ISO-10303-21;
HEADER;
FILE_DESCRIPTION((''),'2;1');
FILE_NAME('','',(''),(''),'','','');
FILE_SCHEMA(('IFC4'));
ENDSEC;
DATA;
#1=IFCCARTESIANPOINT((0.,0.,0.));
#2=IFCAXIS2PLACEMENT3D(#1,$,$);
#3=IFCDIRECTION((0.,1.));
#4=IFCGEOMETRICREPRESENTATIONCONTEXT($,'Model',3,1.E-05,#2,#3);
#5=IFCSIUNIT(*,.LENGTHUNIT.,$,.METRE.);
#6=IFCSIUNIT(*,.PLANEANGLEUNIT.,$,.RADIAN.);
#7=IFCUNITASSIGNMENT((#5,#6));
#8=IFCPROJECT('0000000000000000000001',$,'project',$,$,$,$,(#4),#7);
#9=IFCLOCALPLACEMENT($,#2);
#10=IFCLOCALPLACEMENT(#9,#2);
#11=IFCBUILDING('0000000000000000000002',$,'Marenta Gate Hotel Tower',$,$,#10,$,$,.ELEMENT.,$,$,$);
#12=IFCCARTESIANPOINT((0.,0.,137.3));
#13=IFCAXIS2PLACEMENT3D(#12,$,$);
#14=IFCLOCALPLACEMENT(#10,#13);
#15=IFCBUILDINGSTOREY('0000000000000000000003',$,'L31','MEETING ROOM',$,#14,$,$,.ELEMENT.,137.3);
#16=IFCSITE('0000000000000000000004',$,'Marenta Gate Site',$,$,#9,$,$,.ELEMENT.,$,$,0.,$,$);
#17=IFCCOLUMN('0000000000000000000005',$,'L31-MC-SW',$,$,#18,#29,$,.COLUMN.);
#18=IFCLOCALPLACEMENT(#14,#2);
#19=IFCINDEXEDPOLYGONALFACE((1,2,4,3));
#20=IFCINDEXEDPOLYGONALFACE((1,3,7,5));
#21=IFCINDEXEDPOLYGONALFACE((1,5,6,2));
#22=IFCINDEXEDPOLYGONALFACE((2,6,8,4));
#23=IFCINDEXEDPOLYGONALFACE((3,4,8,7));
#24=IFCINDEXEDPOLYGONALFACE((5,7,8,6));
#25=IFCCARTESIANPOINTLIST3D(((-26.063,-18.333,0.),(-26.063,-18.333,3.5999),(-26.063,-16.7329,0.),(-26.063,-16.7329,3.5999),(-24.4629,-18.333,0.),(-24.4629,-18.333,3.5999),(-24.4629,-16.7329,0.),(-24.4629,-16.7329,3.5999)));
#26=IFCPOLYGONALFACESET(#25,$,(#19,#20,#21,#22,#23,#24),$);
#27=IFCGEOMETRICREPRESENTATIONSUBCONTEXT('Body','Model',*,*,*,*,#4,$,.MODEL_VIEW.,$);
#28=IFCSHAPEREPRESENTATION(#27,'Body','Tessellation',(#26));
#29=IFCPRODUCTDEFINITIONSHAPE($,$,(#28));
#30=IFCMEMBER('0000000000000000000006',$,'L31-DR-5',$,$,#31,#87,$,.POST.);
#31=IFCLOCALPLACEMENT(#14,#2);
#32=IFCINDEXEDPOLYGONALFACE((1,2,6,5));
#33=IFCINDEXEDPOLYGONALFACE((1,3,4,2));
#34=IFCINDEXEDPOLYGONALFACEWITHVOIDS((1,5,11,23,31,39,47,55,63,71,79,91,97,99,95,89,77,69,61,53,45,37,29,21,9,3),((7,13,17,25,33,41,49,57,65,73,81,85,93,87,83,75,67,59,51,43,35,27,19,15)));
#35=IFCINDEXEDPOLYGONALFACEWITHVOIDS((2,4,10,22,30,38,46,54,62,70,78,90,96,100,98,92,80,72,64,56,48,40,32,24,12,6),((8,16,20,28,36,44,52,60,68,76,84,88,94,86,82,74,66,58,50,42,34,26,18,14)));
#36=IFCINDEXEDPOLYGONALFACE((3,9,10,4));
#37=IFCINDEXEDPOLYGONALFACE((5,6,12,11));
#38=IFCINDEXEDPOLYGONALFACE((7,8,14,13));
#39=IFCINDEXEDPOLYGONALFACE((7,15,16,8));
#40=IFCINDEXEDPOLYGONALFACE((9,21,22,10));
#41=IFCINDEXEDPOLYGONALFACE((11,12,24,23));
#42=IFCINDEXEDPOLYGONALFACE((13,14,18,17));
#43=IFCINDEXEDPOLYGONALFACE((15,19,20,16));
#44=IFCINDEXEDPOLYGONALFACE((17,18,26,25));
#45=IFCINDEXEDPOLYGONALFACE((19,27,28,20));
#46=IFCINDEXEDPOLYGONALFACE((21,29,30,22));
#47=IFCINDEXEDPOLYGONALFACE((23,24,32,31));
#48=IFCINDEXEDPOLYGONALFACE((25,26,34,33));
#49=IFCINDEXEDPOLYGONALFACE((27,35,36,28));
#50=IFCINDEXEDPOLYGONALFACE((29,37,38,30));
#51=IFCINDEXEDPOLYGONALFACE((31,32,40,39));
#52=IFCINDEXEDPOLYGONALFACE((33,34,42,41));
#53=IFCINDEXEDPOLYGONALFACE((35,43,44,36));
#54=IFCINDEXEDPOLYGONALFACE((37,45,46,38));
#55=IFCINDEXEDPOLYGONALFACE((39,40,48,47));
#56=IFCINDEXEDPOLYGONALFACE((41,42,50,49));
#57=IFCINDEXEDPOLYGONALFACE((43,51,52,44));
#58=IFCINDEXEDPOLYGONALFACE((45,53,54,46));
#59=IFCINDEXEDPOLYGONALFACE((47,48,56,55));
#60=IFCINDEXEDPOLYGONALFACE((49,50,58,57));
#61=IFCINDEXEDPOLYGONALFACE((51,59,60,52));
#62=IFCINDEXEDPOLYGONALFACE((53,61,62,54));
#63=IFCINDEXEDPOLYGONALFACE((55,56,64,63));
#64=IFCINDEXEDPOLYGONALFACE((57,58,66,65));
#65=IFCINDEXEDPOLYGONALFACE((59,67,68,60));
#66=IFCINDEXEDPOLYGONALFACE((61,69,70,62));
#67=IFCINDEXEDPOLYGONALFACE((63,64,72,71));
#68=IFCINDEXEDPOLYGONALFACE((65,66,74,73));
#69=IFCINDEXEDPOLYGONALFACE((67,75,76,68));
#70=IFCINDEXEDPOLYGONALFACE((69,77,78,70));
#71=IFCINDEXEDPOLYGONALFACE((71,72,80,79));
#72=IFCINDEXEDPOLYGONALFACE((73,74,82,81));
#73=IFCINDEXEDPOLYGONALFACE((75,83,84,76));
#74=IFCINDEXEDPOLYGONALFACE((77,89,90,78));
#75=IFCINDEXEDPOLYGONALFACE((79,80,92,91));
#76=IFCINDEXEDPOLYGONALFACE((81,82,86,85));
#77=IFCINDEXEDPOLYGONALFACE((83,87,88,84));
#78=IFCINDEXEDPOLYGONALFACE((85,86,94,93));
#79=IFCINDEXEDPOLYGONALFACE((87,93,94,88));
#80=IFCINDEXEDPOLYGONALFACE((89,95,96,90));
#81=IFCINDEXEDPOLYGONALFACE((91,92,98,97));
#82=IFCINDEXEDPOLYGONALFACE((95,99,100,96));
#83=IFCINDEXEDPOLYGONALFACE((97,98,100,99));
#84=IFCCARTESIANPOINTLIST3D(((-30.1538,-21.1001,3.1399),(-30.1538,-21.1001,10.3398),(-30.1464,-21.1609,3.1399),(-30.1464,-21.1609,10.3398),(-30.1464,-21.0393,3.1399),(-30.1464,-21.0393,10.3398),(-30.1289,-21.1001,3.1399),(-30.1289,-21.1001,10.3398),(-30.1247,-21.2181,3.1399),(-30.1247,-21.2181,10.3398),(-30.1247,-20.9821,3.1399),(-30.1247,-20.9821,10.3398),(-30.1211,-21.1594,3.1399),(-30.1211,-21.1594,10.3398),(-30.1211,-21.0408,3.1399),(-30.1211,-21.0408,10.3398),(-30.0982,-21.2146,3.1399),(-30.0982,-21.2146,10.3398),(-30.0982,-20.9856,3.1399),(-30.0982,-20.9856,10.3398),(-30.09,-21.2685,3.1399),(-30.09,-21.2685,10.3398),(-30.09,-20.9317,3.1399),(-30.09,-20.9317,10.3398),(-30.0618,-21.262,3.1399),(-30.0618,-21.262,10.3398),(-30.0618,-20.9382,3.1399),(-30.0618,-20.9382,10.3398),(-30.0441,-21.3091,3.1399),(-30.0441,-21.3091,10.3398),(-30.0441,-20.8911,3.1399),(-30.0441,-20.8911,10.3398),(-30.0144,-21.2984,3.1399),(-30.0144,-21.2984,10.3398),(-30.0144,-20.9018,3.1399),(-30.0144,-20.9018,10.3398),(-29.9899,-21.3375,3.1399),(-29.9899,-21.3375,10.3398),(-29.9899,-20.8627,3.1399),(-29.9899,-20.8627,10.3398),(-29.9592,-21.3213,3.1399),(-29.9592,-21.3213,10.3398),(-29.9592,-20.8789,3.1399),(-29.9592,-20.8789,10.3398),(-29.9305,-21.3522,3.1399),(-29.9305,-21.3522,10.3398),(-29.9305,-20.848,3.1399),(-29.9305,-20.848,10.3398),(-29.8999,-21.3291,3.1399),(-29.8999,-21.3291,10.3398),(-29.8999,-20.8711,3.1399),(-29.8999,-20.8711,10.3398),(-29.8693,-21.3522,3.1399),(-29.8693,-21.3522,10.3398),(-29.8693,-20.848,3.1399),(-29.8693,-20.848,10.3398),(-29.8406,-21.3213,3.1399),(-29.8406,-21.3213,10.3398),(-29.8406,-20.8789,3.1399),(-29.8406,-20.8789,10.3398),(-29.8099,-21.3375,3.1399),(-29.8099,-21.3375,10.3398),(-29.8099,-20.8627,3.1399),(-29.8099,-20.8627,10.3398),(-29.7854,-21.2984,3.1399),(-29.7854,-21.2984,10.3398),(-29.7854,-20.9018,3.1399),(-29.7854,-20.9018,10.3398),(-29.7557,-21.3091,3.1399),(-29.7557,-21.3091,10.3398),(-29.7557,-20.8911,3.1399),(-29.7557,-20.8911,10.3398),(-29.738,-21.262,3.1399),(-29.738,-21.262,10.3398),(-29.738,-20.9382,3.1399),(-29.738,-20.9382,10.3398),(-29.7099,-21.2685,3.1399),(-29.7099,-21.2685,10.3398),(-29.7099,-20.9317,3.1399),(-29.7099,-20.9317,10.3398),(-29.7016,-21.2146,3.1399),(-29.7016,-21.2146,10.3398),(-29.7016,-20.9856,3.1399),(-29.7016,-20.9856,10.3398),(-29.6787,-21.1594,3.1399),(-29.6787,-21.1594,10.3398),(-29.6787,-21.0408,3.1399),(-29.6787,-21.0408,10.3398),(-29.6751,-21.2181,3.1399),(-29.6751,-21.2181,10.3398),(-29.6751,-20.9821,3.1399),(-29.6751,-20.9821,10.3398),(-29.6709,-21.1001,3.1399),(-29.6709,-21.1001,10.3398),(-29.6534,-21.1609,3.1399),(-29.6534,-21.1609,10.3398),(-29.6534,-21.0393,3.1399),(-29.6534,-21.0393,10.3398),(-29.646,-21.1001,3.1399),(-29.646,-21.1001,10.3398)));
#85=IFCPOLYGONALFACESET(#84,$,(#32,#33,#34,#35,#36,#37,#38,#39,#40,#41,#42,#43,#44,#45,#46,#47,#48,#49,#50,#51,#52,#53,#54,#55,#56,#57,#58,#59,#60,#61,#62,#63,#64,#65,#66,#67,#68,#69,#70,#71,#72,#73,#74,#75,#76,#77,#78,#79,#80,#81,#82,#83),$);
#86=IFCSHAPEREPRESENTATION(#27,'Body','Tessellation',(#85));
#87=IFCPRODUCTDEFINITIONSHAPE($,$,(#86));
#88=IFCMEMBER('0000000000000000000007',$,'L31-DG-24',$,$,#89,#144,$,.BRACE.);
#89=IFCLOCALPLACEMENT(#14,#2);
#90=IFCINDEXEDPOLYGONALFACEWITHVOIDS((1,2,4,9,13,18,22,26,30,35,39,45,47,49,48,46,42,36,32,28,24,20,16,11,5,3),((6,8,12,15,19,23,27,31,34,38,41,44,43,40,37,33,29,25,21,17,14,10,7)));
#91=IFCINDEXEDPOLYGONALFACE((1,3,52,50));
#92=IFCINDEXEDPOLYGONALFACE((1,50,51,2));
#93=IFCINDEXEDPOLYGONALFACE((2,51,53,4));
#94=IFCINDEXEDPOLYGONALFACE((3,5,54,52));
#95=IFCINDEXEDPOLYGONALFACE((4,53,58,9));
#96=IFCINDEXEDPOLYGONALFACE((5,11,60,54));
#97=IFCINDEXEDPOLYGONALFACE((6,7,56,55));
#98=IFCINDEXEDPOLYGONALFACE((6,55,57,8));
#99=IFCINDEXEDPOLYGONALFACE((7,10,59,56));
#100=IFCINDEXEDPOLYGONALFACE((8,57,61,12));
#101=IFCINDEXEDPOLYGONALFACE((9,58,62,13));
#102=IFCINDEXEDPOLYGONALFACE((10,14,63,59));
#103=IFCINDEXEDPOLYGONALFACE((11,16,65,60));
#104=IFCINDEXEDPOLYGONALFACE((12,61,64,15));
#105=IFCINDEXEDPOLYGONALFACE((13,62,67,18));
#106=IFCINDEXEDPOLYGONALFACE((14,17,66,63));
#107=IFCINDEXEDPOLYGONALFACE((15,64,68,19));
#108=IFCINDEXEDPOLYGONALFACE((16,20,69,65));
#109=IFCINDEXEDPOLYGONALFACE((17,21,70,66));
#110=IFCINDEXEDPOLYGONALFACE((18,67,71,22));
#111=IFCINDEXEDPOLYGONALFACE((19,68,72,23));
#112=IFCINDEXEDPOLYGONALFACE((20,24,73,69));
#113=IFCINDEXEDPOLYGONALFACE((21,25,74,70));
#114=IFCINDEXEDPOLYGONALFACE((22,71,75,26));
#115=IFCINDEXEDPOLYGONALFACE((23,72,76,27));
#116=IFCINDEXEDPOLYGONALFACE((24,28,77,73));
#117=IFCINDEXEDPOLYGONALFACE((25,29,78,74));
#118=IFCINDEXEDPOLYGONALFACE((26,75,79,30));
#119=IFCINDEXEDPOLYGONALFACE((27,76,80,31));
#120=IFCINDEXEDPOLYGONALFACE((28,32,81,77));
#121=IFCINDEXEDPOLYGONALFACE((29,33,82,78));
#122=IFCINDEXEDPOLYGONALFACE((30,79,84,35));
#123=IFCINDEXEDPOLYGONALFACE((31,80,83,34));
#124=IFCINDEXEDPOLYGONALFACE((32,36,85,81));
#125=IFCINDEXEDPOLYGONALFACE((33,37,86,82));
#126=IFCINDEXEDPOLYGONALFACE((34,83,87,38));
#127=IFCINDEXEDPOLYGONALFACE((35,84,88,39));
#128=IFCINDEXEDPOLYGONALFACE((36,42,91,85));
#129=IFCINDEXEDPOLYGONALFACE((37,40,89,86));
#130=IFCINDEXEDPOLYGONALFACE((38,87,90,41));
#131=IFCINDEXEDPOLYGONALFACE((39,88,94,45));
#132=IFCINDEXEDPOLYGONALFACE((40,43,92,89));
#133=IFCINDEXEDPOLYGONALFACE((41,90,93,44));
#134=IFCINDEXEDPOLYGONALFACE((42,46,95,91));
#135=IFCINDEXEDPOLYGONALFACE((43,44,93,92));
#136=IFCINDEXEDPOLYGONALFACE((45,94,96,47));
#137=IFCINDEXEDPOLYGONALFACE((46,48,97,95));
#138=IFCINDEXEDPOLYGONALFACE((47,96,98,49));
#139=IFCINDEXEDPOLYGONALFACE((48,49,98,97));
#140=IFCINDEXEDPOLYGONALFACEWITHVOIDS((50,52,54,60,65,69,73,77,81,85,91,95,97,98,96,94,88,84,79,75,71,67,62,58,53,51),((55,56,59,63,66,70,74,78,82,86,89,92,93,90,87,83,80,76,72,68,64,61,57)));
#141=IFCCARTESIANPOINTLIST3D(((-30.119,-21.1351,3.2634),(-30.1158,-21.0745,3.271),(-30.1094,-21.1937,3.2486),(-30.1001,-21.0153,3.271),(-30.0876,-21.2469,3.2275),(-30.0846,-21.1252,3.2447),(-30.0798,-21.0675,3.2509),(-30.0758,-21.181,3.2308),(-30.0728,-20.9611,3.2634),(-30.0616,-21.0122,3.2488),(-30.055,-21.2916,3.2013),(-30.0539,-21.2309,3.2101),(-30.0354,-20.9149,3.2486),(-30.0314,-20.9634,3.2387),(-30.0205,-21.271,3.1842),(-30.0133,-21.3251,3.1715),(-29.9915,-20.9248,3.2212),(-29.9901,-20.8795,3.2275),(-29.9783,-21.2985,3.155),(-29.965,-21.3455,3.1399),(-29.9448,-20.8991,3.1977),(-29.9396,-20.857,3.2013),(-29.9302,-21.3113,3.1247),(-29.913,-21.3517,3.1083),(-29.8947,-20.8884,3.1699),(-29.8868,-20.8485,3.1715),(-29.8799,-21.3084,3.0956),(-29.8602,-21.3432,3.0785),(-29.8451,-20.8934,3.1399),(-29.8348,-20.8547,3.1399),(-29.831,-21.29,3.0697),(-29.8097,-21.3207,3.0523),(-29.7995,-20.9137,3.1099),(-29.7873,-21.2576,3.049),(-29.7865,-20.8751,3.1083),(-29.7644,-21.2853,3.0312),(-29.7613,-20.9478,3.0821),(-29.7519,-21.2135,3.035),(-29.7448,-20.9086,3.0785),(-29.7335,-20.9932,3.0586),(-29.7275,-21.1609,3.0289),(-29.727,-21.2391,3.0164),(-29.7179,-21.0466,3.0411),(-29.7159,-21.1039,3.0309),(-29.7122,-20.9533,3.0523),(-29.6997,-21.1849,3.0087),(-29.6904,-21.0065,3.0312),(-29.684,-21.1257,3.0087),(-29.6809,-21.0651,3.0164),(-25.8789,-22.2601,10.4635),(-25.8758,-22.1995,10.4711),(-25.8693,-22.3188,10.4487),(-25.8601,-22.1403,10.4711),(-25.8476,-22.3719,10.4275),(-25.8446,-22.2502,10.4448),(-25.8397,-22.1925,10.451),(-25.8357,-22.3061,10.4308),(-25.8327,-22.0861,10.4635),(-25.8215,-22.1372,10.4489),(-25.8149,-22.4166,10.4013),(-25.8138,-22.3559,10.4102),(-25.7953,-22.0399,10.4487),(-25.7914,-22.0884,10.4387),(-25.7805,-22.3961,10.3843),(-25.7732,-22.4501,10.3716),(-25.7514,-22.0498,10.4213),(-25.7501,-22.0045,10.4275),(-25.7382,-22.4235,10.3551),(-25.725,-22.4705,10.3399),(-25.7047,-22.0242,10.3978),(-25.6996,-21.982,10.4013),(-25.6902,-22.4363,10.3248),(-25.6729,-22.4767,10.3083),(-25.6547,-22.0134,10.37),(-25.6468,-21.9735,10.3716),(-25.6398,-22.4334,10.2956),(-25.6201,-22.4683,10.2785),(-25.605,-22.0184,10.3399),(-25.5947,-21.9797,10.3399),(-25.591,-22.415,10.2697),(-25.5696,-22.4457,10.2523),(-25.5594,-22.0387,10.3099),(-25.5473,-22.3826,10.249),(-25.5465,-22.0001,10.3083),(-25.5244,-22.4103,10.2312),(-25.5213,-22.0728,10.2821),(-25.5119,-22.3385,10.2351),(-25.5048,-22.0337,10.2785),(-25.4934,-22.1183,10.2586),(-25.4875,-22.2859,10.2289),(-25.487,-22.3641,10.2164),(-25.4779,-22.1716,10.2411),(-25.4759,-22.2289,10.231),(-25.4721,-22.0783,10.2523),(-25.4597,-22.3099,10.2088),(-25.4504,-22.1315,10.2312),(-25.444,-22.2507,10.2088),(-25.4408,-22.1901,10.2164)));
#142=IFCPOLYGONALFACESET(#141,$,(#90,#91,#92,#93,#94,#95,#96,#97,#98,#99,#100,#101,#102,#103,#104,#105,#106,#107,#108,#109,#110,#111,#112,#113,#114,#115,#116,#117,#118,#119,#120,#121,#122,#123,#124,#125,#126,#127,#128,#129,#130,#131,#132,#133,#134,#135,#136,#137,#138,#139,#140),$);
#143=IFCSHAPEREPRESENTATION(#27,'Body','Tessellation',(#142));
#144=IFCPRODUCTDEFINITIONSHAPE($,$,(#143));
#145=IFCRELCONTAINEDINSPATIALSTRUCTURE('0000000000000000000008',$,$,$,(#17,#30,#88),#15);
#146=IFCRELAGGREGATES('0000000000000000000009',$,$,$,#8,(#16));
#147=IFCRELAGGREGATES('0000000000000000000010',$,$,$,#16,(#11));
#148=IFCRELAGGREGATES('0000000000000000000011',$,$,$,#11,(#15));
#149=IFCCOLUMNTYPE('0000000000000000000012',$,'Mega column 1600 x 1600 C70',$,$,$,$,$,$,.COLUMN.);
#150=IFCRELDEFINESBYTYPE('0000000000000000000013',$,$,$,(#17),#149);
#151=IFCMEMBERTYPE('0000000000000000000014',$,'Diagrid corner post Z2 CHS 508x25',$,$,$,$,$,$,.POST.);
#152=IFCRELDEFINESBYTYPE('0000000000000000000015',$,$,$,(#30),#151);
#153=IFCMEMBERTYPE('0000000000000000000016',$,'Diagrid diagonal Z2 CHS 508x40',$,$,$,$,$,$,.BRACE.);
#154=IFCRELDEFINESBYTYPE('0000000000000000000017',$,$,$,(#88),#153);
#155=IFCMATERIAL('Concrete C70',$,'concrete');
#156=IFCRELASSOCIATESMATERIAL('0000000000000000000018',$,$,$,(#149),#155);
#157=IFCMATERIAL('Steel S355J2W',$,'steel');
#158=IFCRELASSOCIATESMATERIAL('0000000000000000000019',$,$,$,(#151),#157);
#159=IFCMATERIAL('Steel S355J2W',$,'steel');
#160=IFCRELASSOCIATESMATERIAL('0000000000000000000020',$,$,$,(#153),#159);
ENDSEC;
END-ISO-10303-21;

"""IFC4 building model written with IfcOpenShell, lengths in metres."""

from ifc_helpers import new_model, si_unit, direction, frame, origin, origin_2d, place, context, subcontext, project, spatial, rectangle, hollow_circle, extrude, material, material_profile, profile_set, type_object, element, save


model = new_model("IFC4")

# Units and contexts
model_context = context("Model", 3, precision=1e-05, world=origin(), true_north=direction((0.0, 1.0)))
body_context = subcontext(model_context, "Body", "Model", "MODEL_VIEW")
ifc_project = project(units=[si_unit("LENGTHUNIT", "METRE"), si_unit("PLANEANGLEUNIT", "RADIAN")], contexts=[model_context])

# Site, building, storey
site_placement = place(None, origin())
site = spatial("IfcSite", under=ifc_project, at=site_placement, Name="Marenta Gate Site", CompositionType="ELEMENT", RefElevation=0.0)
building_placement = place(site_placement, origin())
building = spatial("IfcBuilding", under=site, at=building_placement, Name="Marenta Gate Hotel Tower", CompositionType="ELEMENT")
storey_placement = place(building_placement, frame((0.0, 0.0, 137.3)))
storey = spatial("IfcBuildingStorey", under=building, at=storey_placement, Name="L31", Description="MEETING ROOM", CompositionType="ELEMENT", Elevation=137.3)

# Column
ifc_material_1 = material(Name="Concrete C70", Category="concrete")
ifc_material_profile_1 = material_profile(ifc_material_1, rectangle(XDim=1.6001, YDim=1.6001, at=origin_2d()), Name="1600 x 1600")
ifc_profile_set_1 = profile_set([ifc_material_profile_1], Name="Concrete C70")
column_type = type_object("IfcColumnType", Name="Mega column 1600 x 1600 C70", PredefinedType="COLUMN", material=ifc_profile_set_1)
column_placement = place(storey_placement, frame((-25.2629, -17.533, 0.0), z_axis=(0.0, 0.0, 1.0), x_axis=(1.0, 0.0, 0.0)))
element("IfcColumn", 1, at=column_placement, inside=storey, type_object=column_type, Name="L31-MC-SW", PredefinedType="COLUMN", context=body_context, shape_type="SweptSolid", body=[
    extrude(rectangle(XDim=1.6001, YDim=1.6001, at=origin_2d()), origin(), (0.0, 0.0, 1.0), 3.5999),
])

# Members
ifc_material_2 = material(Name="Steel S355J2W", Category="steel")
ifc_material_profile_2 = material_profile(ifc_material_2, hollow_circle(Radius=0.2539, WallThickness=0.0249, at=origin_2d()), Name="CHS 508x25")
ifc_profile_set_2 = profile_set([ifc_material_profile_2], Name="Steel S355J2W")
member_type_1 = type_object("IfcMemberType", Name="Diagrid corner post Z2 CHS 508x25", PredefinedType="POST", material=ifc_profile_set_2)
member_1_placement = place(storey_placement, frame((-29.8999, -21.1001, 3.1399), z_axis=(0.0, 0.0, 1.0), x_axis=(1.0, 0.0, 0.0)))
element("IfcMember", 2, at=member_1_placement, inside=storey, type_object=member_type_1, Name="L31-DR-5", PredefinedType="POST", context=body_context, shape_type="SweptSolid", body=[
    extrude(hollow_circle(Radius=0.2539, WallThickness=0.0249, at=origin_2d()), origin(), (0.0, 0.0, 1.0), 7.2),
])
ifc_material_3 = material(Name="Steel S355J2W", Category="steel")
ifc_material_profile_3 = material_profile(ifc_material_3, hollow_circle(Radius=0.2539, WallThickness=0.04, at=origin_2d()), Name="CHS 508x40")
ifc_profile_set_3 = profile_set([ifc_material_profile_3], Name="Steel S355J2W")
member_type_2 = type_object("IfcMemberType", Name="Diagrid diagonal Z2 CHS 508x40", PredefinedType="BRACE", material=ifc_profile_set_3)
member_2_placement = place(storey_placement, frame((-29.8999, -21.1001, 3.1399), z_axis=(0.502902, -0.133435, 0.853981), x_axis=(0.256457, 0.966556, 0.0)))
element("IfcMember", 3, at=member_2_placement, inside=storey, type_object=member_type_2, Name="L31-DG-24", PredefinedType="BRACE", context=body_context, shape_type="SweptSolid", body=[
    extrude(hollow_circle(Radius=0.2539, WallThickness=0.04, at=origin_2d()), origin(), (0.0, 0.0, 1.0), 8.4312),
])

save(model, "model.ifc")
